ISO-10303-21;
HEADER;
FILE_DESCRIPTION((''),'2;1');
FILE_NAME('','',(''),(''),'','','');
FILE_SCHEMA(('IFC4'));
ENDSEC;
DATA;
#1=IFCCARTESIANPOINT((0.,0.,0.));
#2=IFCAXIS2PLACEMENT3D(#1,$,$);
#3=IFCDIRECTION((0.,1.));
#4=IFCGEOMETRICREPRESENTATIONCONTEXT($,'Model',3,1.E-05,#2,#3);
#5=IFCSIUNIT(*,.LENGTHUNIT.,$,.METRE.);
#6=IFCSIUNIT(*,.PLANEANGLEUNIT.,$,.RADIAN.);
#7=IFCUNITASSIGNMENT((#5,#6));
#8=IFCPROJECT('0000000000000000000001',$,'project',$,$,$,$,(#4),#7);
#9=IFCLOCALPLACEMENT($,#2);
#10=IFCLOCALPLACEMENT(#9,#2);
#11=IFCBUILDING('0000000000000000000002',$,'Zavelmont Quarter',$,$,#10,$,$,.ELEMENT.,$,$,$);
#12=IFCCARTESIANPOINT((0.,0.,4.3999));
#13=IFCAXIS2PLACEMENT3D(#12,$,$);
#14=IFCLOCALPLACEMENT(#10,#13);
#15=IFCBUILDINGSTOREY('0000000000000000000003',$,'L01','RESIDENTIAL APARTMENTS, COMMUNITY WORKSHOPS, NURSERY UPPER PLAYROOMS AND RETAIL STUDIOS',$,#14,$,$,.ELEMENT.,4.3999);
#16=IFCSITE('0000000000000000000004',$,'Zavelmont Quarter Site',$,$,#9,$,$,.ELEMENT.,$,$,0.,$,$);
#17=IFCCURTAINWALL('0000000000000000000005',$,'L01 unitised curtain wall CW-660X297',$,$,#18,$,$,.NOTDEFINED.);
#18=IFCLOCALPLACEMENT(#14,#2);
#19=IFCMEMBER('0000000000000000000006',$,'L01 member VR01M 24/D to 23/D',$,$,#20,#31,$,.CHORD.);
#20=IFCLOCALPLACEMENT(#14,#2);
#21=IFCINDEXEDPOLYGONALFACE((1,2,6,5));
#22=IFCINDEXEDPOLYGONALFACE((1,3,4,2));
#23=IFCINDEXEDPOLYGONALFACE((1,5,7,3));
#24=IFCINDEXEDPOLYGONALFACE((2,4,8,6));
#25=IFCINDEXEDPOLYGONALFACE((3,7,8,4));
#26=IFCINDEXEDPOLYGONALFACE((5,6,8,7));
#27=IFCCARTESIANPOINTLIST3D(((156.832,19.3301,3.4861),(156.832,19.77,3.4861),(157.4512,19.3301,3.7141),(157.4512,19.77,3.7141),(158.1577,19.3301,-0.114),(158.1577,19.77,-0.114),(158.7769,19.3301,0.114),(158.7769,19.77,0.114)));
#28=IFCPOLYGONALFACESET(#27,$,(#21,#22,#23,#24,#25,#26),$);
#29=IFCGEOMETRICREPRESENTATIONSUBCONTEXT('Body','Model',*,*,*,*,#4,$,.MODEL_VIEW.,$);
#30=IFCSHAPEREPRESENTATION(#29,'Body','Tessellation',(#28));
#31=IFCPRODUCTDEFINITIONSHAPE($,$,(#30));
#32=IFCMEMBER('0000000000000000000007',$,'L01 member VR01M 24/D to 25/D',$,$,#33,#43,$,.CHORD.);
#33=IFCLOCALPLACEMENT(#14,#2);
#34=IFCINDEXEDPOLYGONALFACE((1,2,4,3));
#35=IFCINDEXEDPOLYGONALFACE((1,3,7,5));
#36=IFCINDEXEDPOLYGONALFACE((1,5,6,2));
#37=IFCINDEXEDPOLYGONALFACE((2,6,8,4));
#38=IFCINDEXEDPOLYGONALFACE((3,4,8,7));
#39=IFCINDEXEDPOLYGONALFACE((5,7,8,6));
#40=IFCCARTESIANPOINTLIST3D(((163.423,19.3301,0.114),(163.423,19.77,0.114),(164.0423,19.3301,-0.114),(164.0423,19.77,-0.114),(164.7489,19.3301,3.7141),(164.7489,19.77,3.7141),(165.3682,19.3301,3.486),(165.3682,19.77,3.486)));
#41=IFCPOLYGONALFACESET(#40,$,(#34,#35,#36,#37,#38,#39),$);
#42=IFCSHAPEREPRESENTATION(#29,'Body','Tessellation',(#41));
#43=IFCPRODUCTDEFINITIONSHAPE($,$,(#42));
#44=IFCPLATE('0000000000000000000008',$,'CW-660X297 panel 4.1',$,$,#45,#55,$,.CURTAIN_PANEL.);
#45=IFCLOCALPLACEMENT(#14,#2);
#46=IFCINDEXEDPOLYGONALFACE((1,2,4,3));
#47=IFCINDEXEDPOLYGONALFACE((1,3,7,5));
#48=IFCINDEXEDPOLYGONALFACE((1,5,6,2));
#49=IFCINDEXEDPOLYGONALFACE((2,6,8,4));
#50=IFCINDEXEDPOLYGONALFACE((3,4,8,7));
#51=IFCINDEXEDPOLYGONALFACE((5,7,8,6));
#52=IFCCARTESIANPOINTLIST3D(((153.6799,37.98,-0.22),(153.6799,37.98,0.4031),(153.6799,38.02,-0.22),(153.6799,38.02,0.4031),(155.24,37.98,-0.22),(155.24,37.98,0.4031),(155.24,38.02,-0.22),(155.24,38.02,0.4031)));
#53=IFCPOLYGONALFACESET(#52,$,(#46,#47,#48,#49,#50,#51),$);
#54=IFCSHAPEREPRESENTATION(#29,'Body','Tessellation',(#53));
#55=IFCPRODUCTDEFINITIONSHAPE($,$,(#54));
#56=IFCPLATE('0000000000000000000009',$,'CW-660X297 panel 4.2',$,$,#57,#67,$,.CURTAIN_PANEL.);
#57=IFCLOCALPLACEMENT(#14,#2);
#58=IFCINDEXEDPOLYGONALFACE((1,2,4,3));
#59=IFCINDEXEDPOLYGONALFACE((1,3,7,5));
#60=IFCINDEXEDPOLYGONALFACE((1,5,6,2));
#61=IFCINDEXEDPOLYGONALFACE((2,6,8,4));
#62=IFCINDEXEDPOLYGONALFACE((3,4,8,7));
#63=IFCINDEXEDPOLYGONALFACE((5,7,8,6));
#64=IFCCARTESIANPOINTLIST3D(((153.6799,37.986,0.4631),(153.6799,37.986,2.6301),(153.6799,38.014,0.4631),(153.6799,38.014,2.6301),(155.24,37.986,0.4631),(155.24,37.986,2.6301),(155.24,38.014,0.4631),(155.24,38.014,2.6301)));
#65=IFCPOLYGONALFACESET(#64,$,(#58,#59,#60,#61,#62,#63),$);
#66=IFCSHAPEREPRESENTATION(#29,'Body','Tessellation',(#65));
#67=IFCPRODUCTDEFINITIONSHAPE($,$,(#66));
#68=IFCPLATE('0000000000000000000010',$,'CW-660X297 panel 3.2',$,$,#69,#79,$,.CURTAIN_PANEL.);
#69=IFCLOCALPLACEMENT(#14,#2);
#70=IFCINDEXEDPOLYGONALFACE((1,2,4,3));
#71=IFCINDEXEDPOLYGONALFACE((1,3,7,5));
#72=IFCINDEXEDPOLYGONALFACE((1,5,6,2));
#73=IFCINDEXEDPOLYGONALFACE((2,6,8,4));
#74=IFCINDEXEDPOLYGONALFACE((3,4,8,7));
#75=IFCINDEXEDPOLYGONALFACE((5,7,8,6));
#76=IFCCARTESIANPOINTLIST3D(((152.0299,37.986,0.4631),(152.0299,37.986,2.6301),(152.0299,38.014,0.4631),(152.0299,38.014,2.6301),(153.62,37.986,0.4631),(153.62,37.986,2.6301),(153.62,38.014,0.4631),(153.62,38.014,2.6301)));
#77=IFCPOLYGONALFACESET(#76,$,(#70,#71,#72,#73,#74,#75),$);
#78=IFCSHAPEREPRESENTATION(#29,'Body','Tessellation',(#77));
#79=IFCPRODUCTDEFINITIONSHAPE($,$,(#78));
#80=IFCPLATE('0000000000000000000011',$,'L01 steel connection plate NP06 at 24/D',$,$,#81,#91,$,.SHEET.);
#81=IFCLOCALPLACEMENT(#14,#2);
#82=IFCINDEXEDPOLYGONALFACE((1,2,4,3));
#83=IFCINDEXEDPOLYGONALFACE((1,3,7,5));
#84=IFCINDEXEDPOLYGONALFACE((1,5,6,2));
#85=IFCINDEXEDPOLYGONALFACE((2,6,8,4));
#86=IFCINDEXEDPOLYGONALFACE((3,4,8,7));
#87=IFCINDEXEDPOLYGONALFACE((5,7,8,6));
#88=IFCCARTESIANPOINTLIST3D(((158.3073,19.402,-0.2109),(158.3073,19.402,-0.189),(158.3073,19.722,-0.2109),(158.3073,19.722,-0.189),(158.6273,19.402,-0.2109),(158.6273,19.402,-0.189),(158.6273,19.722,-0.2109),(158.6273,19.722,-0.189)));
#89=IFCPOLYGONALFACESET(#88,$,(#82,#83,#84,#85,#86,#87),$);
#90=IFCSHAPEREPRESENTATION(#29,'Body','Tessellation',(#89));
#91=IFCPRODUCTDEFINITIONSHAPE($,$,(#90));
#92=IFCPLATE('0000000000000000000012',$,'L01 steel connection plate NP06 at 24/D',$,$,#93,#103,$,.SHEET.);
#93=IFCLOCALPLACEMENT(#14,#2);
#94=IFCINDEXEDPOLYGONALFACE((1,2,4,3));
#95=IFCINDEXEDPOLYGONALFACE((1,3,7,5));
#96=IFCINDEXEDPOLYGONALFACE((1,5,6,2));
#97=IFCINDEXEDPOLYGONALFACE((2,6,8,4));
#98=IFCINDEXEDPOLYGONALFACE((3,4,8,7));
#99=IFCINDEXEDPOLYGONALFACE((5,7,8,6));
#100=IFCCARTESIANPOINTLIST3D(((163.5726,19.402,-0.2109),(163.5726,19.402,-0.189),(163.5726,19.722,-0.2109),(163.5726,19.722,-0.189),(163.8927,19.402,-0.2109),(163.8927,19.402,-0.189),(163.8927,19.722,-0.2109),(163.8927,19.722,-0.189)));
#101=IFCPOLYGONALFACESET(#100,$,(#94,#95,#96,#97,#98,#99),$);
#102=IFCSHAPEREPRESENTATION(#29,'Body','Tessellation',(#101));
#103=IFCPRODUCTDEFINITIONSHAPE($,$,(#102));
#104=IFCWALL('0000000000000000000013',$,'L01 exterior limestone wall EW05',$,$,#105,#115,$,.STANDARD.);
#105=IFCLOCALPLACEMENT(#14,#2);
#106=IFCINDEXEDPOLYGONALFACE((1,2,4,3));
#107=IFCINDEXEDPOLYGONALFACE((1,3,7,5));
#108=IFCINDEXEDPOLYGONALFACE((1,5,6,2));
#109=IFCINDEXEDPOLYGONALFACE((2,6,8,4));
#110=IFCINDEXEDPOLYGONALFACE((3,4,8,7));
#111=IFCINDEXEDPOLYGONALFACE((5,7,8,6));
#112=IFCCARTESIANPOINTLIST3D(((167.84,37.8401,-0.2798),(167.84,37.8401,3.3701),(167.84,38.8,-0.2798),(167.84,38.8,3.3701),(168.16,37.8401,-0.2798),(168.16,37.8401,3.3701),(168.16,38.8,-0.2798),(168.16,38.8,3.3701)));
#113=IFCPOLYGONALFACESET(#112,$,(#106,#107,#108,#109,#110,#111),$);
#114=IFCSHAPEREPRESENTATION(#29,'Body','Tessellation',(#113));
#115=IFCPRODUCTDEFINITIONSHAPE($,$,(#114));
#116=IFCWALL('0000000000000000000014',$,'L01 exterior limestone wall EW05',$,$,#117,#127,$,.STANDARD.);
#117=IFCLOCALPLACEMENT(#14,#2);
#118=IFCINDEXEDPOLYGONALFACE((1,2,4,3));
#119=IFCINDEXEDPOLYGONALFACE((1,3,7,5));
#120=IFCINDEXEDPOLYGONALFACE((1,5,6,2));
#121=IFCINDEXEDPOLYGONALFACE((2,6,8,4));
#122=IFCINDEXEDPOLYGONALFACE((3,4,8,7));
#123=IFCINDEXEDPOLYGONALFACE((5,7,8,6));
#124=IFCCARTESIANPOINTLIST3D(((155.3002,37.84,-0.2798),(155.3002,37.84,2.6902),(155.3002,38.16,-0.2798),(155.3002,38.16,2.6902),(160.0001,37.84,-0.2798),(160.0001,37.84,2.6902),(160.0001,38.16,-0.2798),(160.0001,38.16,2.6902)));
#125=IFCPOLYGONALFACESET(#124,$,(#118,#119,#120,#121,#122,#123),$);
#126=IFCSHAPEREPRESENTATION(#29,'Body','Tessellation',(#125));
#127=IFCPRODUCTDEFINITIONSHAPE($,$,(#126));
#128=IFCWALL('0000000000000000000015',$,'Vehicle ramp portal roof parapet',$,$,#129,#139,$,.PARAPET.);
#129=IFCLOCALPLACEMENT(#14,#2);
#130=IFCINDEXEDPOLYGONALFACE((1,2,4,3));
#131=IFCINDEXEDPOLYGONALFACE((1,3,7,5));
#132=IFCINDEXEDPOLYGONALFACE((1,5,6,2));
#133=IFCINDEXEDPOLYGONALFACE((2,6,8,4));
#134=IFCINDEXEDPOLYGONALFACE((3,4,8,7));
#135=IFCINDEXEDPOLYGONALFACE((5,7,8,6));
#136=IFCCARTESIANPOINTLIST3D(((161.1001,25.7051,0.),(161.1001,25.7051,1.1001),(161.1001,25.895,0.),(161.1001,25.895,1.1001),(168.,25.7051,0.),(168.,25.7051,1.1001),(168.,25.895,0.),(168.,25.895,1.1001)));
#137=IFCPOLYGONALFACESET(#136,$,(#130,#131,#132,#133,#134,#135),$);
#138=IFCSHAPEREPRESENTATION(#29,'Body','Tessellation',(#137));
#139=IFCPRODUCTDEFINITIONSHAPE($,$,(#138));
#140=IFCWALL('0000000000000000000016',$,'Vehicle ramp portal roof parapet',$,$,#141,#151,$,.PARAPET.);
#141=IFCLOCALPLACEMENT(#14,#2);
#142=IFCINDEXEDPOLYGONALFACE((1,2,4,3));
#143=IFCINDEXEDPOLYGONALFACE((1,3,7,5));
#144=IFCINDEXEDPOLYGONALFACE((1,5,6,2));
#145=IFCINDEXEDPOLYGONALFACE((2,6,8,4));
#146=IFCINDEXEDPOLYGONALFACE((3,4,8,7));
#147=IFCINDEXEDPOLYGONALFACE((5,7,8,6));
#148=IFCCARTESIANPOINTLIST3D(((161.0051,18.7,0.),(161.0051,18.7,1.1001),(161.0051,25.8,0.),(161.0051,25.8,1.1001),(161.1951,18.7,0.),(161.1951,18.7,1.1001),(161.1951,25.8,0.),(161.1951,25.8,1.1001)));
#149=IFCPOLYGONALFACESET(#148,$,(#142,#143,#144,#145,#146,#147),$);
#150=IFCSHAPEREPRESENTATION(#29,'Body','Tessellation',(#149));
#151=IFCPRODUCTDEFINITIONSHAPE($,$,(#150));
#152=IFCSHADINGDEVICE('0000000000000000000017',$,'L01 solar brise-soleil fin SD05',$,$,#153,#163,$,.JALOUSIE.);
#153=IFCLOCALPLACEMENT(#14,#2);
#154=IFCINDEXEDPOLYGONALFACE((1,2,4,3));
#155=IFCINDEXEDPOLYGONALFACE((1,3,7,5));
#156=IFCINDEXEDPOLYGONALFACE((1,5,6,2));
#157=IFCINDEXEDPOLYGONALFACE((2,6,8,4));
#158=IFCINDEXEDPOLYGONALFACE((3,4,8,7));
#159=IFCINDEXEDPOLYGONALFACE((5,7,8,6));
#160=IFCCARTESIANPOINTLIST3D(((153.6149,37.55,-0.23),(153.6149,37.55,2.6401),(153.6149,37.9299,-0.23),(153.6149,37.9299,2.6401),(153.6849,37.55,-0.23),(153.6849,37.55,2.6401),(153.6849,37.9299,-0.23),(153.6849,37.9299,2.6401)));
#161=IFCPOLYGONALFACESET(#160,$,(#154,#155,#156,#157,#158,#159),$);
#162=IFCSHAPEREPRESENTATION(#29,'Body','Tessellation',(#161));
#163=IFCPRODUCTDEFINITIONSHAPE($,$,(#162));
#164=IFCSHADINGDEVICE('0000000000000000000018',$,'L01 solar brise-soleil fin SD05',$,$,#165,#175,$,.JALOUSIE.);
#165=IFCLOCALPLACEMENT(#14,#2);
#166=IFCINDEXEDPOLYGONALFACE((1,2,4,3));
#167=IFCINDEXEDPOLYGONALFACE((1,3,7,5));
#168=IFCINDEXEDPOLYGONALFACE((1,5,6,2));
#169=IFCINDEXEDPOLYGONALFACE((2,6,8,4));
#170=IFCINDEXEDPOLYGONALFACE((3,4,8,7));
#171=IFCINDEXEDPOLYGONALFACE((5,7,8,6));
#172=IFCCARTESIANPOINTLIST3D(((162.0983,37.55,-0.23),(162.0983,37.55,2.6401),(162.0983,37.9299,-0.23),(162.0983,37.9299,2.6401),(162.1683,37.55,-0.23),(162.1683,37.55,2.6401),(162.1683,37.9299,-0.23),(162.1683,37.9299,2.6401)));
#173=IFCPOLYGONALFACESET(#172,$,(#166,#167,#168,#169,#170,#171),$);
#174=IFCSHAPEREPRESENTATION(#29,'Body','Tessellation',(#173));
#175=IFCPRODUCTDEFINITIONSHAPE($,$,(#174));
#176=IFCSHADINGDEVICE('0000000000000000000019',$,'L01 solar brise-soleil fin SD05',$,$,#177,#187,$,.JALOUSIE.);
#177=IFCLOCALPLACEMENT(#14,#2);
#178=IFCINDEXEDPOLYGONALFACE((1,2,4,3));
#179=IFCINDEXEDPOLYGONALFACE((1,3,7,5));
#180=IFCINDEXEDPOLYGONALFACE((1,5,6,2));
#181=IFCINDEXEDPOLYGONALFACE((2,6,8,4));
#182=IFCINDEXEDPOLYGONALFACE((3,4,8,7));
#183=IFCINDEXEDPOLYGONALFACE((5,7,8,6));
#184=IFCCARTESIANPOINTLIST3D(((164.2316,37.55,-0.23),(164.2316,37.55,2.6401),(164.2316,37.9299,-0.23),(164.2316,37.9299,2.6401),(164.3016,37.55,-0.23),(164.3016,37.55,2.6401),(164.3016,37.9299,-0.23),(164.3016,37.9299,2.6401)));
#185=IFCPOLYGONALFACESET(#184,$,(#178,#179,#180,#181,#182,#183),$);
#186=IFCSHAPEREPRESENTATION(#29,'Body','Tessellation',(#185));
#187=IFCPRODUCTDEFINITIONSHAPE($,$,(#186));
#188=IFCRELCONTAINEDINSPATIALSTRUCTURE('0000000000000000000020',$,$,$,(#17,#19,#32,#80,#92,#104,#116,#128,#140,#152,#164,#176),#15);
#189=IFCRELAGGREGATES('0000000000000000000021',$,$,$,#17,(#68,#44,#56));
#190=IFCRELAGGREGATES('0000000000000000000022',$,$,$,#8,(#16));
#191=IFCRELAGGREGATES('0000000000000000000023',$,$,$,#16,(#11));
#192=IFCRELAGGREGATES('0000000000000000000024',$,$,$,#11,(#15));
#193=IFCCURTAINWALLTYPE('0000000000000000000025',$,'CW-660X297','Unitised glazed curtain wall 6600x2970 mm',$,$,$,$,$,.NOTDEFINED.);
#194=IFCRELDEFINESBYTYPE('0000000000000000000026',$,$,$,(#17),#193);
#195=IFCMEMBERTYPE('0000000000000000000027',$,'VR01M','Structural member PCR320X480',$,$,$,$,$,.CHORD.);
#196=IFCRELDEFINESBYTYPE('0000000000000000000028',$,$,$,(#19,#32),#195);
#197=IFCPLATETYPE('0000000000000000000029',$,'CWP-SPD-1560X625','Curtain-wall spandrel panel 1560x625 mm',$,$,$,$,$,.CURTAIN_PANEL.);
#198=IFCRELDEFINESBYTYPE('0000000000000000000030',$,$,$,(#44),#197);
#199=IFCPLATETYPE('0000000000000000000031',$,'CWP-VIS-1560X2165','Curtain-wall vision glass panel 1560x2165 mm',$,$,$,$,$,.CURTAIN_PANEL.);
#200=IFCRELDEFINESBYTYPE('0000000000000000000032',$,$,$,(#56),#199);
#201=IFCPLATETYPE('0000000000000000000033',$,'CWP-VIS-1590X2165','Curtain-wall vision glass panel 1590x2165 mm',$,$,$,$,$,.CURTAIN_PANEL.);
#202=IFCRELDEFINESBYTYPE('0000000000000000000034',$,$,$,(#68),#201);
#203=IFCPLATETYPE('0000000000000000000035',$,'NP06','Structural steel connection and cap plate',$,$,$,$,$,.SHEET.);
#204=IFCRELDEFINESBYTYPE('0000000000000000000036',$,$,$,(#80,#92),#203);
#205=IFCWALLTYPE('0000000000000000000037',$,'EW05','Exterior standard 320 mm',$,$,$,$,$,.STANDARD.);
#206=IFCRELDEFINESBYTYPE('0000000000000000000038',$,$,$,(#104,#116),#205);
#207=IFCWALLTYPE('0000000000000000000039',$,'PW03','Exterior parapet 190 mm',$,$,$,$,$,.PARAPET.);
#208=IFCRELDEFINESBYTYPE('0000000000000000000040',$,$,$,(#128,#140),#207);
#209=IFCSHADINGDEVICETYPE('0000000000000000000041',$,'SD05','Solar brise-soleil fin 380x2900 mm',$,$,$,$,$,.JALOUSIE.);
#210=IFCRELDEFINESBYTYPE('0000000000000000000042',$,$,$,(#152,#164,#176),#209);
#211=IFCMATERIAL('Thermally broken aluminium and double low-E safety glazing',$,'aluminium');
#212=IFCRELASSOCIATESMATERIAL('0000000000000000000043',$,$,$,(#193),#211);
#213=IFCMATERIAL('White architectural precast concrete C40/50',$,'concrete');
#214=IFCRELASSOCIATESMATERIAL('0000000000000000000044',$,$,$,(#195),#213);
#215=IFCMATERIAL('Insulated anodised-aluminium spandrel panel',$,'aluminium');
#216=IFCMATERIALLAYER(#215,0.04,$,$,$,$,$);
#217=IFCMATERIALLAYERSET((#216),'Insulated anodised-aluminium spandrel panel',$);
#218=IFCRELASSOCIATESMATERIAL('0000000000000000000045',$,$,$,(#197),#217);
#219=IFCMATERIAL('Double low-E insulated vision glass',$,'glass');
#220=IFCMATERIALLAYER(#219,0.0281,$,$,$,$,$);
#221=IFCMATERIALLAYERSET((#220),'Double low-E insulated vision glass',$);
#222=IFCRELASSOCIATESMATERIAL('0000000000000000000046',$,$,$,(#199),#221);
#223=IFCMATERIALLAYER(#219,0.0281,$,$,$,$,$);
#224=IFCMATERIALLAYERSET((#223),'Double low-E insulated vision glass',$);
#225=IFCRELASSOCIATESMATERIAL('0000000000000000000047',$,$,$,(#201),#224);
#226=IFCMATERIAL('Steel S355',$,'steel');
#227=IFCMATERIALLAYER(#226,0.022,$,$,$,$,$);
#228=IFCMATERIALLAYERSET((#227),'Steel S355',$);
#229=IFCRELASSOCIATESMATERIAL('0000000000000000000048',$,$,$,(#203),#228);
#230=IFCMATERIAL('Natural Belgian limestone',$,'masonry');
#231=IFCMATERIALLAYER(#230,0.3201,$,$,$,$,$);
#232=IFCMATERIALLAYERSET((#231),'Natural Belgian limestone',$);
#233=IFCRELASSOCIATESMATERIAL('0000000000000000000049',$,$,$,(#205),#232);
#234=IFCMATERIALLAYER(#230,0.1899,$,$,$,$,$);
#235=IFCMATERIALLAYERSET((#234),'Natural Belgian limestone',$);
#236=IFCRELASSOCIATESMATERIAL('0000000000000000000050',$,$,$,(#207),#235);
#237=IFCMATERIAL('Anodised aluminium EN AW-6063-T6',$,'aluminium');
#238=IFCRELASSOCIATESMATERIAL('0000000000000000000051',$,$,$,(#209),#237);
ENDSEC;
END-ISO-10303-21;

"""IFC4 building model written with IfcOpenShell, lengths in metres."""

from ifc_helpers import new_model, si_unit, direction, frame, frame_2d, origin, origin_2d, place, context, subcontext, project, spatial, rectangle, extrude, material, layer, layer_set, material_profile, profile_set, type_object, element, aggregate, save


model = new_model("IFC4")

# Units and contexts
model_context = context("Model", 3, precision=1e-05, world=origin(), true_north=direction((0.0, 1.0)))
body_context = subcontext(model_context, "Body", "Model", "MODEL_VIEW")
ifc_project = project(units=[si_unit("LENGTHUNIT", "METRE"), si_unit("PLANEANGLEUNIT", "RADIAN")], contexts=[model_context])

# Site, building, storey
site_placement = place(None, origin())
site = spatial("IfcSite", under=ifc_project, at=site_placement, Name="Zavelmont Quarter Site", CompositionType="ELEMENT", RefElevation=0.0)
building_placement = place(site_placement, origin())
building = spatial("IfcBuilding", under=site, at=building_placement, Name="Zavelmont Quarter", CompositionType="ELEMENT")
storey_placement = place(building_placement, frame((0.0, 0.0, 4.3999)))
storey = spatial("IfcBuildingStorey", under=building, at=storey_placement, Name="L01", Description="RESIDENTIAL APARTMENTS, COMMUNITY WORKSHOPS, NURSERY UPPER PLAYROOMS AND RETAIL STUDIOS", CompositionType="ELEMENT", Elevation=4.3999)

# Curtain wall
ifc_material_1 = material(Name="Thermally broken aluminium and double low-E safety glazing", Category="aluminium")
curtain_wall_type_1 = type_object("IfcCurtainWallType", Name="CW-660X297", Description="Unitised glazed curtain wall 6600x2970 mm", PredefinedType="NOTDEFINED", material=ifc_material_1)
curtain_wall_1_placement = place(storey_placement, origin())
curtain_wall_1 = element("IfcCurtainWall", 1, at=curtain_wall_1_placement, inside=storey, type_object=curtain_wall_type_1, Name="L01 unitised curtain wall CW-660X297", PredefinedType="NOTDEFINED")

# Members
ifc_material_2 = material(Name="White architectural precast concrete C40/50", Category="concrete")
ifc_material_profile_1 = material_profile(ifc_material_2, rectangle(XDim=0.4399, YDim=0.6599, at=origin_2d()), Name="PCR320X480")
ifc_profile_set_1 = profile_set([ifc_material_profile_1], Name="White architectural precast concrete C40/50")
member_type_1 = type_object("IfcMemberType", Name="VR01M", Description="Structural member PCR320X480", PredefinedType="CHORD", material=ifc_profile_set_1)
for number, where, z_axis, x_axis, name in (
    (2, (158.4673, 19.55, 0.0), (-0.345552, 0.0, 0.9384), (0.0, -1.0, 0.0), "L01 member VR01M 24/D to 23/D"),
    (3, (163.7327, 19.55, 0.0), (0.345608, 0.0, 0.938379), (0.0, 1.0, 0.0), "L01 member VR01M 24/D to 25/D"),
):
    element("IfcMember", number, at=place(storey_placement, frame(where, z_axis=z_axis, x_axis=x_axis)), inside=storey, type_object=member_type_1, Name=name, PredefinedType="CHORD", context=body_context, shape_type="SweptSolid", body=[
        extrude(rectangle(XDim=0.4399, YDim=0.6599, at=origin_2d()), origin(), (0.0, 0.0, 1.0), 3.8364),
    ])

# Plates
ifc_material_3 = material(Name="Insulated anodised-aluminium spandrel panel", Category="aluminium")
ifc_layer_1 = layer(ifc_material_3, 0.04)
ifc_layer_set_1 = layer_set([ifc_layer_1], Name="Insulated anodised-aluminium spandrel panel")
plate_type_1 = type_object("IfcPlateType", Name="CWP-SPD-1560X625", Description="Curtain-wall spandrel panel 1560x625 mm", PredefinedType="CURTAIN_PANEL", material=ifc_layer_set_1)
plate_1_placement = place(storey_placement, frame((154.46, 38.0, -0.22), z_axis=(0.0, 0.0, 1.0), x_axis=(1.0, 0.0, 0.0)))
plate_1 = element("IfcPlate", 4, at=plate_1_placement, type_object=plate_type_1, Name="CW-660X297 panel 4.1", PredefinedType="CURTAIN_PANEL", context=body_context, shape_type="SweptSolid", body=[
    extrude(rectangle(XDim=1.5601, YDim=0.04, at=origin_2d()), origin(), (0.0, 0.0, 1.0), 0.623),
])
ifc_material_4 = material(Name="Double low-E insulated vision glass", Category="glass")
ifc_layer_2 = layer(ifc_material_4, 0.0281)
ifc_layer_set_2 = layer_set([ifc_layer_2], Name="Double low-E insulated vision glass")
plate_type_2 = type_object("IfcPlateType", Name="CWP-VIS-1560X2165", Description="Curtain-wall vision glass panel 1560x2165 mm", PredefinedType="CURTAIN_PANEL", material=ifc_layer_set_2)
plate_2_placement = place(storey_placement, frame((154.46, 38.0, 0.4631), z_axis=(0.0, 0.0, 1.0), x_axis=(1.0, 0.0, 0.0)))
plate_2 = element("IfcPlate", 5, at=plate_2_placement, type_object=plate_type_2, Name="CW-660X297 panel 4.2", PredefinedType="CURTAIN_PANEL", context=body_context, shape_type="SweptSolid", body=[
    extrude(rectangle(XDim=1.5601, YDim=0.0281, at=origin_2d()), origin(), (0.0, 0.0, 1.0), 2.167),
])
ifc_layer_3 = layer(ifc_material_4, 0.0281)
ifc_layer_set_3 = layer_set([ifc_layer_3], Name="Double low-E insulated vision glass")
plate_type_3 = type_object("IfcPlateType", Name="CWP-VIS-1590X2165", Description="Curtain-wall vision glass panel 1590x2165 mm", PredefinedType="CURTAIN_PANEL", material=ifc_layer_set_3)
plate_3_placement = place(storey_placement, frame((152.825, 38.0, 0.4631), z_axis=(0.0, 0.0, 1.0), x_axis=(1.0, 0.0, 0.0)))
plate_3 = element("IfcPlate", 6, at=plate_3_placement, type_object=plate_type_3, Name="CW-660X297 panel 3.2", PredefinedType="CURTAIN_PANEL", context=body_context, shape_type="SweptSolid", body=[
    extrude(rectangle(XDim=1.5901, YDim=0.0281, at=origin_2d()), origin(), (0.0, 0.0, 1.0), 2.167),
])
aggregate(curtain_wall_1, [plate_3, plate_1, plate_2])

# Plates
ifc_material_5 = material(Name="Steel S355", Category="steel")
ifc_layer_4 = layer(ifc_material_5, 0.022)
ifc_layer_set_4 = layer_set([ifc_layer_4], Name="Steel S355")
plate_type_4 = type_object("IfcPlateType", Name="NP06", Description="Structural steel connection and cap plate", PredefinedType="SHEET", material=ifc_layer_set_4)
for number, where, z_axis, x_axis, name in (
    (7, (158.4673, 19.562, -0.2109), (0.0, 0.0, 1.0), (1.0, 0.0, 0.0), "L01 steel connection plate NP06 at 24/D"),
    (8, (163.7327, 19.562, -0.2109), (0.0, 0.0, 1.0), (1.0, 0.0, 0.0), "L01 steel connection plate NP06 at 24/D"),
):
    element("IfcPlate", number, at=place(storey_placement, frame(where, z_axis=z_axis, x_axis=x_axis)), inside=storey, type_object=plate_type_4, Name=name, PredefinedType="SHEET", context=body_context, shape_type="SweptSolid", body=[
        extrude(rectangle(XDim=0.3201, YDim=0.3201, at=origin_2d()), origin(), (0.0, 0.0, 1.0), 0.022),
    ])

# Walls
ifc_material_6 = material(Name="Natural Belgian limestone", Category="masonry")
ifc_layer_5 = layer(ifc_material_6, 0.3201)
ifc_layer_set_5 = layer_set([ifc_layer_5], Name="Natural Belgian limestone")
wall_type_1 = type_object("IfcWallType", Name="EW05", Description="Exterior standard 320 mm", PredefinedType="STANDARD", material=ifc_layer_set_5)
wall_1_placement = place(storey_placement, frame((168.0, 37.8401, -0.2798), z_axis=(0.0, 0.0, 1.0), x_axis=(0.0, 1.0, 0.0)))
element("IfcWall", 9, at=wall_1_placement, inside=storey, type_object=wall_type_1, Name="L01 exterior limestone wall EW05", PredefinedType="STANDARD", context=body_context, shape_type="SweptSolid", body=[
    extrude(rectangle(XDim=0.96, YDim=0.3201, at=frame_2d((0.48, 0.0))), origin(), (0.0, 0.0, 1.0), 3.6499),
])
wall_2_placement = place(storey_placement, frame((155.3, 38.0, -0.2798), z_axis=(0.0, 0.0, 1.0), x_axis=(1.0, 0.0, 0.0)))
element("IfcWall", 10, at=wall_2_placement, inside=storey, type_object=wall_type_1, Name="L01 exterior limestone wall EW05", PredefinedType="STANDARD", context=body_context, shape_type="SweptSolid", body=[
    extrude(rectangle(XDim=4.7, YDim=0.3201, at=frame_2d((2.3501, 0.0))), origin(), (0.0, 0.0, 1.0), 2.97),
])
ifc_layer_6 = layer(ifc_material_6, 0.1899)
ifc_layer_set_6 = layer_set([ifc_layer_6], Name="Natural Belgian limestone")
wall_type_2 = type_object("IfcWallType", Name="PW03", Description="Exterior parapet 190 mm", PredefinedType="PARAPET", material=ifc_layer_set_6)
wall_3_placement = place(storey_placement, frame((168.0, 25.8, 0.0), z_axis=(0.0, 0.0, 1.0), x_axis=(-1.0, 0.0, 0.0)))
element("IfcWall", 11, at=wall_3_placement, inside=storey, type_object=wall_type_2, Name="Vehicle ramp portal roof parapet", PredefinedType="PARAPET", context=body_context, shape_type="SweptSolid", body=[
    extrude(rectangle(XDim=6.8999, YDim=0.1899, at=frame_2d((3.45, 0.0))), origin(), (0.0, 0.0, 1.0), 1.1001),
])
wall_4_placement = place(storey_placement, frame((161.1001, 25.8, 0.0), z_axis=(0.0, 0.0, 1.0), x_axis=(0.0, -1.0, 0.0)))
element("IfcWall", 12, at=wall_4_placement, inside=storey, type_object=wall_type_2, Name="Vehicle ramp portal roof parapet", PredefinedType="PARAPET", context=body_context, shape_type="SweptSolid", body=[
    extrude(rectangle(XDim=7.1001, YDim=0.1899, at=frame_2d((3.55, 0.0))), origin(), (0.0, 0.0, 1.0), 1.1001),
])

# Shading devices
ifc_material_7 = material(Name="Anodised aluminium EN AW-6063-T6", Category="aluminium")
shading_device_type = type_object("IfcShadingDeviceType", Name="SD05", Description="Solar brise-soleil fin 380x2900 mm", PredefinedType="JALOUSIE", material=ifc_material_7)
for number, where, z_axis, x_axis, name in (
    (13, (153.6499, 37.74, -0.23), (0.0, 0.0, 1.0), (1.0, 0.0, 0.0), "L01 solar brise-soleil fin SD05"),
    (14, (162.1333, 37.74, -0.23), (0.0, 0.0, 1.0), (1.0, 0.0, 0.0), "L01 solar brise-soleil fin SD05"),
    (15, (164.2666, 37.74, -0.23), (0.0, 0.0, 1.0), (1.0, 0.0, 0.0), "L01 solar brise-soleil fin SD05"),
):
    element("IfcShadingDevice", number, at=place(storey_placement, frame(where, z_axis=z_axis, x_axis=x_axis)), inside=storey, type_object=shading_device_type, Name=name, PredefinedType="JALOUSIE", context=body_context, shape_type="SweptSolid", body=[
        extrude(rectangle(XDim=0.0701, YDim=0.3799, at=origin_2d()), origin(), (0.0, 0.0, 1.0), 2.8701),
    ])

save(model, "model.ifc")
